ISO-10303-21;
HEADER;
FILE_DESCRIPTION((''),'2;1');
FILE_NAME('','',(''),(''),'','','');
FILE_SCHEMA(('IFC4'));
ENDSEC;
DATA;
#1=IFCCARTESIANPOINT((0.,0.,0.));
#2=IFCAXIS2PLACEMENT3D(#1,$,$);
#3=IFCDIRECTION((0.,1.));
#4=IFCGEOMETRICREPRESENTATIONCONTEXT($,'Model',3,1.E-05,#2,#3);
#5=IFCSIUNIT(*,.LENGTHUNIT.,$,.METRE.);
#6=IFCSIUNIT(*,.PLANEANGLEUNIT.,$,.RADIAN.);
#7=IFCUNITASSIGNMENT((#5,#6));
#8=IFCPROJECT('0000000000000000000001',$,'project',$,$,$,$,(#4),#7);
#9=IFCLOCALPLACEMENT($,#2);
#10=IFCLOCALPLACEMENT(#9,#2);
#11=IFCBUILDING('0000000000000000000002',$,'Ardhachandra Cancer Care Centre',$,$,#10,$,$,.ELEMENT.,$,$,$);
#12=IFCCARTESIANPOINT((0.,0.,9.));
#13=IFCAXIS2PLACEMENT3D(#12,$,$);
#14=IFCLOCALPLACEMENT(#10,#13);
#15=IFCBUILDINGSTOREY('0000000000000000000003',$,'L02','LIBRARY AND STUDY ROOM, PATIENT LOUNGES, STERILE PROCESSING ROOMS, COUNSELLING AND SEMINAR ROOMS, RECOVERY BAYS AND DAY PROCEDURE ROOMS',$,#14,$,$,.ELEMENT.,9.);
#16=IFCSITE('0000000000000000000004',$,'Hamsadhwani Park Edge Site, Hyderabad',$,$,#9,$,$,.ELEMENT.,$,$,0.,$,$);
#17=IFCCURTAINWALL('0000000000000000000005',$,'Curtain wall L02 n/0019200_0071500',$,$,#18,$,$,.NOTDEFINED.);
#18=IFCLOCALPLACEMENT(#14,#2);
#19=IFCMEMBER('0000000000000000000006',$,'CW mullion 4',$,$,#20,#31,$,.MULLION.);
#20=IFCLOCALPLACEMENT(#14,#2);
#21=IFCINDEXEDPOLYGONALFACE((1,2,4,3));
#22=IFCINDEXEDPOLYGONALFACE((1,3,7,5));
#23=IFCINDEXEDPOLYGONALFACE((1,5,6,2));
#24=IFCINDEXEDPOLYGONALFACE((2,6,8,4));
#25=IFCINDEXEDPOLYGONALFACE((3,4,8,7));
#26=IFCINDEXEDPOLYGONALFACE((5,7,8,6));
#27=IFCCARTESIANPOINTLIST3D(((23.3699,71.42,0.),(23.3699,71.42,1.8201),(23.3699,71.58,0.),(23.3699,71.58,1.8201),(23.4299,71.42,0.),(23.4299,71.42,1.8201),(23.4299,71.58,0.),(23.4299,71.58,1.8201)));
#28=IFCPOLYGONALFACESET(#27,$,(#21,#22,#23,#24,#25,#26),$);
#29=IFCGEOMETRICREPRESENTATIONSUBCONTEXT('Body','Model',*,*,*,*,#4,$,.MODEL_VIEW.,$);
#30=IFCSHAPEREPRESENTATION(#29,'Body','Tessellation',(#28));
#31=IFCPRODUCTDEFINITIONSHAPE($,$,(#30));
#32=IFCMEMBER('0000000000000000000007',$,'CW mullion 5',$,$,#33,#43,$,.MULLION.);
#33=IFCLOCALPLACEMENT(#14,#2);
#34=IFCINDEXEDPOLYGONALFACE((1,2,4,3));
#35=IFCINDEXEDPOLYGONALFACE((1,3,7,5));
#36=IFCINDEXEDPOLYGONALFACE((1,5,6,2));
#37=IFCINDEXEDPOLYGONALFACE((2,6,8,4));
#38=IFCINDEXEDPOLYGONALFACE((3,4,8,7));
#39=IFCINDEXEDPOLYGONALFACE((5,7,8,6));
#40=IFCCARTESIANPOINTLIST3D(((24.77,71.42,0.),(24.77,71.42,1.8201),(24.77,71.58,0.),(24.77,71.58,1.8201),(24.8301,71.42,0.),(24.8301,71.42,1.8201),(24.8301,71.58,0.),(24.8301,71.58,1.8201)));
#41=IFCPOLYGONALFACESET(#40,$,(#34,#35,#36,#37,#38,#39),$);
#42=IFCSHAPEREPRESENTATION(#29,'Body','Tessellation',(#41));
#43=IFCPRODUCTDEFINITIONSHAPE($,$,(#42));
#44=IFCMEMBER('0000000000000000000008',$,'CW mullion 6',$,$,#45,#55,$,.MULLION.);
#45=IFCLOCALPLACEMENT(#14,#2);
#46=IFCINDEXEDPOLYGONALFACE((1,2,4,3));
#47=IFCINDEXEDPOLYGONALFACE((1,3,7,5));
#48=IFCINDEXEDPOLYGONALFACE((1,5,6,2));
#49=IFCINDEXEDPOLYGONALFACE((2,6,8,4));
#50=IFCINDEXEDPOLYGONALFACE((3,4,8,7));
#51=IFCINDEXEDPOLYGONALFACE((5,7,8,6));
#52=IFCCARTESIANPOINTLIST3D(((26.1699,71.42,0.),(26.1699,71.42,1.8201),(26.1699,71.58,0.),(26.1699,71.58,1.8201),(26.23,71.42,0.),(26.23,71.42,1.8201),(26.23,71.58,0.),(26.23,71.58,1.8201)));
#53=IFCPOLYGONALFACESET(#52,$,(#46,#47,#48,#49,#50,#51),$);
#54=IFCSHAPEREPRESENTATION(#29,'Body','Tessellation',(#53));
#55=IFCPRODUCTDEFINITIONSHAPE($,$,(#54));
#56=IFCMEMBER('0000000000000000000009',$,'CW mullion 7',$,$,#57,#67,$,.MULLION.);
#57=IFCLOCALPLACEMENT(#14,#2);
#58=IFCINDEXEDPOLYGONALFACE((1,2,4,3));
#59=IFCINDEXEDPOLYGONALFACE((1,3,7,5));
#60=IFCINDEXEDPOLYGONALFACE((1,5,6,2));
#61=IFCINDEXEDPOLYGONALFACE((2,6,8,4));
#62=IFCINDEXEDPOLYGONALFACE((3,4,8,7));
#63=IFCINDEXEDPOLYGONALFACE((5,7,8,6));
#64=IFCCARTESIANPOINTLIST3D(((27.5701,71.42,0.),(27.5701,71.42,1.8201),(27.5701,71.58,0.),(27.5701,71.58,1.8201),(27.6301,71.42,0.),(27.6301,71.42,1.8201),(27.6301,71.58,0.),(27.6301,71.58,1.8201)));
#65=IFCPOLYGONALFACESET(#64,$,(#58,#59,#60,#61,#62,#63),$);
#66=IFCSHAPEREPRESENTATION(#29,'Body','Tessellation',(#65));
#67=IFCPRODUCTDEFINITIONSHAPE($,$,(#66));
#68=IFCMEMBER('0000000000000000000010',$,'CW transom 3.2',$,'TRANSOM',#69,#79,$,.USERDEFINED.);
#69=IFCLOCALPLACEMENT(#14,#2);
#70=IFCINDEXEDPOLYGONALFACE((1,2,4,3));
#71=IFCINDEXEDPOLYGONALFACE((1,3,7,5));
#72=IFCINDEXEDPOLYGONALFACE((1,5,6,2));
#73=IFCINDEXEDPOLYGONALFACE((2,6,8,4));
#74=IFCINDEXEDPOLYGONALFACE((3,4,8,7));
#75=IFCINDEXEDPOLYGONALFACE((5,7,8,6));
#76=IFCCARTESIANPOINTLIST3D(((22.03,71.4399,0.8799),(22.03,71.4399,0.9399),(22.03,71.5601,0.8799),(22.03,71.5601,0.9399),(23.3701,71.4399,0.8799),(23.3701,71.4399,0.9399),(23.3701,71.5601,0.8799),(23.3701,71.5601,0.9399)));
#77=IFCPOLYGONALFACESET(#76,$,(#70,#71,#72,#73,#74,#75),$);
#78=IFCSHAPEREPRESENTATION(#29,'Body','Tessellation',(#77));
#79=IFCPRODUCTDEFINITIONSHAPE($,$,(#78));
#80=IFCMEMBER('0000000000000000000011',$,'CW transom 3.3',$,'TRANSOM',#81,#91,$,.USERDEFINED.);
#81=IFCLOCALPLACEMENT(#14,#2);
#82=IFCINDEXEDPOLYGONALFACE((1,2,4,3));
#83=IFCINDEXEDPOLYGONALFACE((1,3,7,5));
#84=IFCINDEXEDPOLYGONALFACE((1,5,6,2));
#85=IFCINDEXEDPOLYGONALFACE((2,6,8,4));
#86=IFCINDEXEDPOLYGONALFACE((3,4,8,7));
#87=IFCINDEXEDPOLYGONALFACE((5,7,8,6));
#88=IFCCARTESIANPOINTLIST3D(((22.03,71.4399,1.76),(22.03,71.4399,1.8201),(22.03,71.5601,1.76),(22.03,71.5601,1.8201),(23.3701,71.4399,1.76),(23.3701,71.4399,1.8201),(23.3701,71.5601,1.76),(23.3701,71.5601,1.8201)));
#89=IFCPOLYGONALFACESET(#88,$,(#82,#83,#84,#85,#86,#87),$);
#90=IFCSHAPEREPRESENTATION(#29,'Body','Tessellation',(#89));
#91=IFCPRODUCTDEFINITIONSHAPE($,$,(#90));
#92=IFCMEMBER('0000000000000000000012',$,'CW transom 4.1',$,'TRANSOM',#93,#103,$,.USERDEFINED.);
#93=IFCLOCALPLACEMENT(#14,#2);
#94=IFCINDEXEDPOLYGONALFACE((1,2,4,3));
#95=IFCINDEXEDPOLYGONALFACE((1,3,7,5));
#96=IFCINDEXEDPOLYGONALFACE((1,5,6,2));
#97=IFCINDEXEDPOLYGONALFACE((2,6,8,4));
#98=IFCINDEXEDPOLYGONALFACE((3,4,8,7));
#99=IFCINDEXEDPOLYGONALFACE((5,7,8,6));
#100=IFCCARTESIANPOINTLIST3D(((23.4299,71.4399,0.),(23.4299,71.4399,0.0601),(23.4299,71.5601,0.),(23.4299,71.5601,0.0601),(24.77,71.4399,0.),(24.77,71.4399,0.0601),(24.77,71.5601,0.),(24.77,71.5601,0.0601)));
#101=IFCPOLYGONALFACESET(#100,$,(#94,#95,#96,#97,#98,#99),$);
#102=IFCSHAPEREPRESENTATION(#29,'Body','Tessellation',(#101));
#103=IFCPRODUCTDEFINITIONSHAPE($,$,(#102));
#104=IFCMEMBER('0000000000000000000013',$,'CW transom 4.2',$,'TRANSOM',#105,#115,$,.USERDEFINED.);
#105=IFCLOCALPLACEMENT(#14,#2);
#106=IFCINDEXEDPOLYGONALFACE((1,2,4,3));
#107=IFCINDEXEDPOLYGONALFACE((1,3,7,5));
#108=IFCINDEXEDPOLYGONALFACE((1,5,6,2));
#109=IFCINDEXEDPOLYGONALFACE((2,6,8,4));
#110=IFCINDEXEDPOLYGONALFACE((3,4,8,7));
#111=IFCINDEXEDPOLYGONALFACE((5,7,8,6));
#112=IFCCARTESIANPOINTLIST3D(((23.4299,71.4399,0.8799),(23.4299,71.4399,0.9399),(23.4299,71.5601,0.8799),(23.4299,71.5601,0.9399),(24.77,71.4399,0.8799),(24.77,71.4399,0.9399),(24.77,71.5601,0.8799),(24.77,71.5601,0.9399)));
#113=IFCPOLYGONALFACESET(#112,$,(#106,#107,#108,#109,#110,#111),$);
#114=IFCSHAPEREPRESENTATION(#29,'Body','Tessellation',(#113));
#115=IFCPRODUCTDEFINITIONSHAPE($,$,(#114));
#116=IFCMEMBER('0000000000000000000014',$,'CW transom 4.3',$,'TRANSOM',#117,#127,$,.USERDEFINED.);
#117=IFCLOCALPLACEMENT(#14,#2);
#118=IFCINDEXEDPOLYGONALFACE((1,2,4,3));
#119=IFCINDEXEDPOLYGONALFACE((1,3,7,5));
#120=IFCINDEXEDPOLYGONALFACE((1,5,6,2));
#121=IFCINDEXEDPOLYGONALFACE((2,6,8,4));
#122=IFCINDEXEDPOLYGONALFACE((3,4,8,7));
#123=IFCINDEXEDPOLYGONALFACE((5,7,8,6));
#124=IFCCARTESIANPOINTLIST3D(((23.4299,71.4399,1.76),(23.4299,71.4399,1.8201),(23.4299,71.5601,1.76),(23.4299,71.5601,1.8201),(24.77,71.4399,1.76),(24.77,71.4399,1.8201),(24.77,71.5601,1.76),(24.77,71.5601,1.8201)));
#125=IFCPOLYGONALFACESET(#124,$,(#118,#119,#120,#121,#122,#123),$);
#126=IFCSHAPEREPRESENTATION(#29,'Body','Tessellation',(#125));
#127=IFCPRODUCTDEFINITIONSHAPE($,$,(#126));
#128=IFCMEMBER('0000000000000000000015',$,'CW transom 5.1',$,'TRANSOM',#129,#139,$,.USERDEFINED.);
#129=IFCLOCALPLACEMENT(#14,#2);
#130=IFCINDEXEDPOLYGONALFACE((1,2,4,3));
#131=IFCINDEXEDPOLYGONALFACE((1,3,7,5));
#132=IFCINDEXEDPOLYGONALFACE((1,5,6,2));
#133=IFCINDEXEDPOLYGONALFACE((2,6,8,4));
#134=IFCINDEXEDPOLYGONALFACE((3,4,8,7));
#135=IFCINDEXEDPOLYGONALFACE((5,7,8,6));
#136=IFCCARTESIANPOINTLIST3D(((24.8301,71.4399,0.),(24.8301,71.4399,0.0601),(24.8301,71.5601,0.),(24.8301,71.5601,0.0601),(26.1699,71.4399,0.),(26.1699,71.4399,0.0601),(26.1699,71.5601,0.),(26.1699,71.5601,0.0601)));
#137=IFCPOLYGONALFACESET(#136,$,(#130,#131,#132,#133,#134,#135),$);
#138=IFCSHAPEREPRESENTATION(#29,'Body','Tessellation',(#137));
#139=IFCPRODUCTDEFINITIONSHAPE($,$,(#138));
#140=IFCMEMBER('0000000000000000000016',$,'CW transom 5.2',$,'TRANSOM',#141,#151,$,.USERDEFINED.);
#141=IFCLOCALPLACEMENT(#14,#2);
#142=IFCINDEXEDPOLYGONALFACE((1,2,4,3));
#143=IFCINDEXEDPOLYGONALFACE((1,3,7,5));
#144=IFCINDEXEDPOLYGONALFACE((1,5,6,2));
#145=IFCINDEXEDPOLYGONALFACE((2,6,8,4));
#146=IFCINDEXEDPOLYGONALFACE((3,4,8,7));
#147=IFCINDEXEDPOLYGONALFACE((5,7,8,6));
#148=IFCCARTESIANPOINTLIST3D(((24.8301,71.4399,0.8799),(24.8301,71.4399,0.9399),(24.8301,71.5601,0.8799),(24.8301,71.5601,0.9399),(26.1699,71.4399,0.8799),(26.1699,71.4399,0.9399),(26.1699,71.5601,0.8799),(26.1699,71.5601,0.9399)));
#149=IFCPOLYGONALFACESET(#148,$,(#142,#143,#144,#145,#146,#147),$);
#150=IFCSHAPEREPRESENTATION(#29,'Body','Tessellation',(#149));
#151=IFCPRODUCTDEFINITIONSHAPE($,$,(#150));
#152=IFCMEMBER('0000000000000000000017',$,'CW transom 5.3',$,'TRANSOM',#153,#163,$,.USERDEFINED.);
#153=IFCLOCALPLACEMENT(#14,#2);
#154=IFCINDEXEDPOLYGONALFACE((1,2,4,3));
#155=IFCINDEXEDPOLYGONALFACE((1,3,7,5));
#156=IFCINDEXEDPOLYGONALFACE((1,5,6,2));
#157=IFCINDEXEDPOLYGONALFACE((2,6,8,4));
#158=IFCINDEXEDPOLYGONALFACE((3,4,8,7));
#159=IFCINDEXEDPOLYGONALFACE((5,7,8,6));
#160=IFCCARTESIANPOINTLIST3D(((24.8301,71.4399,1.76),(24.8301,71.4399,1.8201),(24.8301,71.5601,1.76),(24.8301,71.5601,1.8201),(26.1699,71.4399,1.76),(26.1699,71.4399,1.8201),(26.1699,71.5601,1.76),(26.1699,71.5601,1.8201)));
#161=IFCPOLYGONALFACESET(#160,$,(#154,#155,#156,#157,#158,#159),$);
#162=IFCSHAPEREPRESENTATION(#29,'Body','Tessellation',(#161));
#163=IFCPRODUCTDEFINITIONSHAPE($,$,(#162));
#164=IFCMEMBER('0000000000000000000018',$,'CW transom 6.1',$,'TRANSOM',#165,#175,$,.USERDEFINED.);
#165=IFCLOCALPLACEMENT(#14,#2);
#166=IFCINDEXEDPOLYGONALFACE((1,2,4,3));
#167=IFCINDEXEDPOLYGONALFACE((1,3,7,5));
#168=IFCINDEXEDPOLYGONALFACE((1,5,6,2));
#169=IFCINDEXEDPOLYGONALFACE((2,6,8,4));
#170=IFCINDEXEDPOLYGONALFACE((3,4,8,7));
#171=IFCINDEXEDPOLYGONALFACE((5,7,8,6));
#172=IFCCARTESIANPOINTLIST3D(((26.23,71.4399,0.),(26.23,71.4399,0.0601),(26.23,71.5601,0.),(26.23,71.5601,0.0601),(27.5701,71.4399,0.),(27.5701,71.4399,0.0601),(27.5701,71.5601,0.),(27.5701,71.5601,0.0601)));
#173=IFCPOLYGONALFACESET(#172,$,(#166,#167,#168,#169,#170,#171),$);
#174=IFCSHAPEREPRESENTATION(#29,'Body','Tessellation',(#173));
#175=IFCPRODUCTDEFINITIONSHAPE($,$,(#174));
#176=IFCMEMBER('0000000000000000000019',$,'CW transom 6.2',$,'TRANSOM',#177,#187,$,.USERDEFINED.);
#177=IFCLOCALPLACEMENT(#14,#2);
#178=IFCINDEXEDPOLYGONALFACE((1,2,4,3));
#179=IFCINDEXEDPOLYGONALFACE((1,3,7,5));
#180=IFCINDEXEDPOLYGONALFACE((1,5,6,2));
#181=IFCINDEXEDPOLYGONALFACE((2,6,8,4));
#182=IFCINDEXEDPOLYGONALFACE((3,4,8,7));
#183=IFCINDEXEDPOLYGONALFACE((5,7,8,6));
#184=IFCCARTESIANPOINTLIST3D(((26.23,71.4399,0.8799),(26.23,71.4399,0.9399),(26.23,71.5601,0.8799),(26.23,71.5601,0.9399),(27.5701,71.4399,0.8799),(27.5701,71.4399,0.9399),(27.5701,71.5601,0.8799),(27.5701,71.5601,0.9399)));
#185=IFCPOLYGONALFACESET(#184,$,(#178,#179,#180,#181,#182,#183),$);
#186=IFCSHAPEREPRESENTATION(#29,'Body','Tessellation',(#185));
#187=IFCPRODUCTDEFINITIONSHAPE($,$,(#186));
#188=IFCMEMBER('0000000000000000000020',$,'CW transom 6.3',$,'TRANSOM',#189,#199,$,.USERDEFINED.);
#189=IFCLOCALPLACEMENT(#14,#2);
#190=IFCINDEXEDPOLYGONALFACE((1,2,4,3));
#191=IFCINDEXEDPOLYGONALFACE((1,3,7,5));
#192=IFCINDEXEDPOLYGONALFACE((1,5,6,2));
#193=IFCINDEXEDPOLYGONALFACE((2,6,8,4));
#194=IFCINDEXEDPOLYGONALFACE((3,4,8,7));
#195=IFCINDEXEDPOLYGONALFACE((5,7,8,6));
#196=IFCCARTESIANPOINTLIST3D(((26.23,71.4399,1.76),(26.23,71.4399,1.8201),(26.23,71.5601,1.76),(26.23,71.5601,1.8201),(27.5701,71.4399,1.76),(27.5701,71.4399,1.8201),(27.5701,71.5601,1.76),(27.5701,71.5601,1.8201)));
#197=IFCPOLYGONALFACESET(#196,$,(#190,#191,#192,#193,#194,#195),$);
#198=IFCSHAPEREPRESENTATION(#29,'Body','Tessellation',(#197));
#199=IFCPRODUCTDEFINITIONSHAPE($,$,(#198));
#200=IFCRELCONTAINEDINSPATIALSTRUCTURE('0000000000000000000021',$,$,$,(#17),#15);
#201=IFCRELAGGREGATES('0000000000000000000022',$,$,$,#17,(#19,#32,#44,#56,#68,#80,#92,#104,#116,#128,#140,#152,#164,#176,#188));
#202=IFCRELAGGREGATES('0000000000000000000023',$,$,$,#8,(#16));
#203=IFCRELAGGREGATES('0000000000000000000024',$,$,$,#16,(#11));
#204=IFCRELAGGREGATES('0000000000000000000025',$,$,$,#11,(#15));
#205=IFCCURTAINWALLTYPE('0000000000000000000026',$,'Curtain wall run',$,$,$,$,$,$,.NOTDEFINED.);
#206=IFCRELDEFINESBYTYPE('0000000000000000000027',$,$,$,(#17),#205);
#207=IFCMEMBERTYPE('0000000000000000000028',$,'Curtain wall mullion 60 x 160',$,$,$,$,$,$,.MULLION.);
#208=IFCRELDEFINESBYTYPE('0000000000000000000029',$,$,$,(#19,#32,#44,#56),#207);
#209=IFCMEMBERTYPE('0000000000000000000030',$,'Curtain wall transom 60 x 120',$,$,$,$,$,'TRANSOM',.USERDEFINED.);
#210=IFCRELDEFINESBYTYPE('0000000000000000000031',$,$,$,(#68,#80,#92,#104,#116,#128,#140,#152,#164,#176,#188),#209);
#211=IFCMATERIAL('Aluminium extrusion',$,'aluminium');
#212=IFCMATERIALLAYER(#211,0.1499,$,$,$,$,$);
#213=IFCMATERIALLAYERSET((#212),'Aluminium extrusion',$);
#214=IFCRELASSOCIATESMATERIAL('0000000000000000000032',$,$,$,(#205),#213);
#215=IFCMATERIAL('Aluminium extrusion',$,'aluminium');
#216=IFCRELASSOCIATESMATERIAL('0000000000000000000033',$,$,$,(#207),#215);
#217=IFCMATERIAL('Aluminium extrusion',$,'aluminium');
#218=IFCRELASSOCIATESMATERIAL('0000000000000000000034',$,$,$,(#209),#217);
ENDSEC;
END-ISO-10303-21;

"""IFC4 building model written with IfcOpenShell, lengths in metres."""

from ifc_helpers import new_model, si_unit, direction, frame, origin, origin_2d, place, context, subcontext, project, spatial, rectangle, extrude, material, layer, layer_set, material_profile, profile_set, type_object, element, aggregate, save


model = new_model("IFC4")

# Units and contexts
model_context = context("Model", 3, precision=1e-05, world=origin(), true_north=direction((0.0, 1.0)))
body_context = subcontext(model_context, "Body", "Model", "MODEL_VIEW")
ifc_project = project(units=[si_unit("LENGTHUNIT", "METRE"), si_unit("PLANEANGLEUNIT", "RADIAN")], contexts=[model_context])

# Site, building, storey
site_placement = place(None, origin())
site = spatial("IfcSite", under=ifc_project, at=site_placement, Name="Hamsadhwani Park Edge Site, Hyderabad", CompositionType="ELEMENT", RefElevation=0.0)
building_placement = place(site_placement, origin())
building = spatial("IfcBuilding", under=site, at=building_placement, Name="Ardhachandra Cancer Care Centre", CompositionType="ELEMENT")
storey_placement = place(building_placement, frame((0.0, 0.0, 9.0)))
storey = spatial("IfcBuildingStorey", under=building, at=storey_placement, Name="L02", Description="LIBRARY AND STUDY ROOM, PATIENT LOUNGES, STERILE PROCESSING ROOMS, COUNSELLING AND SEMINAR ROOMS, RECOVERY BAYS AND DAY PROCEDURE ROOMS", CompositionType="ELEMENT", Elevation=9.0)

# Curtain wall, members
ifc_material_1 = material(Name="Aluminium extrusion", Category="aluminium")
ifc_layer_1 = layer(ifc_material_1, 0.1499)
ifc_layer_set_1 = layer_set([ifc_layer_1], Name="Aluminium extrusion")
curtain_wall_type = type_object("IfcCurtainWallType", Name="Curtain wall run", PredefinedType="NOTDEFINED", material=ifc_layer_set_1)
curtain_wall_placement = place(storey_placement, origin())
curtain_wall = element("IfcCurtainWall", 1, at=curtain_wall_placement, inside=storey, type_object=curtain_wall_type, Name="Curtain wall L02 n/0019200_0071500", PredefinedType="NOTDEFINED")
ifc_material_2 = material(Name="Aluminium extrusion", Category="aluminium")
ifc_material_profile_1 = material_profile(ifc_material_2, rectangle(XDim=0.1599, YDim=0.0601, at=origin_2d()), Name="Curtain wall mullion 60 x 160")
ifc_profile_set_1 = profile_set([ifc_material_profile_1], Name="Aluminium extrusion")
member_type_1 = type_object("IfcMemberType", Name="Curtain wall mullion 60 x 160", PredefinedType="MULLION", material=ifc_profile_set_1)
member_1_placement = place(storey_placement, frame((23.3999, 71.5, 0.0), z_axis=(0.0, 0.0, 1.0), x_axis=(0.0, 1.0, 0.0)))
member_1 = element("IfcMember", 2, at=member_1_placement, type_object=member_type_1, Name="CW mullion 4", PredefinedType="MULLION", context=body_context, shape_type="SweptSolid", body=[
    extrude(rectangle(XDim=0.1599, YDim=0.0601, at=origin_2d()), origin(), (0.0, 0.0, 1.0), 1.8201),
])
member_2_placement = place(storey_placement, frame((24.8, 71.5, 0.0), z_axis=(0.0, 0.0, 1.0), x_axis=(0.0, 1.0, 0.0)))
member_2 = element("IfcMember", 3, at=member_2_placement, type_object=member_type_1, Name="CW mullion 5", PredefinedType="MULLION", context=body_context, shape_type="SweptSolid", body=[
    extrude(rectangle(XDim=0.1599, YDim=0.0601, at=origin_2d()), origin(), (0.0, 0.0, 1.0), 1.8201),
])
member_3_placement = place(storey_placement, frame((26.2, 71.5, 0.0), z_axis=(0.0, 0.0, 1.0), x_axis=(0.0, 1.0, 0.0)))
member_3 = element("IfcMember", 4, at=member_3_placement, type_object=member_type_1, Name="CW mullion 6", PredefinedType="MULLION", context=body_context, shape_type="SweptSolid", body=[
    extrude(rectangle(XDim=0.1599, YDim=0.0601, at=origin_2d()), origin(), (0.0, 0.0, 1.0), 1.8201),
])
member_4_placement = place(storey_placement, frame((27.6001, 71.5, 0.0), z_axis=(0.0, 0.0, 1.0), x_axis=(0.0, 1.0, 0.0)))
member_4 = element("IfcMember", 5, at=member_4_placement, type_object=member_type_1, Name="CW mullion 7", PredefinedType="MULLION", context=body_context, shape_type="SweptSolid", body=[
    extrude(rectangle(XDim=0.1599, YDim=0.0601, at=origin_2d()), origin(), (0.0, 0.0, 1.0), 1.8201),
])
ifc_material_3 = material(Name="Aluminium extrusion", Category="aluminium")
ifc_material_profile_2 = material_profile(ifc_material_3, rectangle(XDim=0.1201, YDim=0.0601, at=origin_2d()), Name="Curtain wall transom 60 x 120")
ifc_profile_set_2 = profile_set([ifc_material_profile_2], Name="Aluminium extrusion")
member_type_2 = type_object("IfcMemberType", Name="Curtain wall transom 60 x 120", ElementType="TRANSOM", PredefinedType="USERDEFINED", material=ifc_profile_set_2)
member_5_placement = place(storey_placement, frame((22.03, 71.5, 0.9099), z_axis=(1.0, 0.0, 0.0), x_axis=(0.0, 1.0, 0.0)))
member_5 = element("IfcMember", 6, at=member_5_placement, type_object=member_type_2, Name="CW transom 3.2", ObjectType="TRANSOM", PredefinedType="USERDEFINED", context=body_context, shape_type="SweptSolid", body=[
    extrude(rectangle(XDim=0.1201, YDim=0.0601, at=origin_2d()), origin(), (0.0, 0.0, 1.0), 1.3401),
])
member_6_placement = place(storey_placement, frame((22.03, 71.5, 1.79), z_axis=(1.0, 0.0, 0.0), x_axis=(0.0, 1.0, 0.0)))
member_6 = element("IfcMember", 7, at=member_6_placement, type_object=member_type_2, Name="CW transom 3.3", ObjectType="TRANSOM", PredefinedType="USERDEFINED", context=body_context, shape_type="SweptSolid", body=[
    extrude(rectangle(XDim=0.1201, YDim=0.0601, at=origin_2d()), origin(), (0.0, 0.0, 1.0), 1.3401),
])
member_7_placement = place(storey_placement, frame((23.4299, 71.5, 0.03), z_axis=(1.0, 0.0, 0.0), x_axis=(0.0, 1.0, 0.0)))
member_7 = element("IfcMember", 8, at=member_7_placement, type_object=member_type_2, Name="CW transom 4.1", ObjectType="TRANSOM", PredefinedType="USERDEFINED", context=body_context, shape_type="SweptSolid", body=[
    extrude(rectangle(XDim=0.1201, YDim=0.0601, at=origin_2d()), origin(), (0.0, 0.0, 1.0), 1.3401),
])
member_8_placement = place(storey_placement, frame((23.4299, 71.5, 0.9099), z_axis=(1.0, 0.0, 0.0), x_axis=(0.0, 1.0, 0.0)))
member_8 = element("IfcMember", 9, at=member_8_placement, type_object=member_type_2, Name="CW transom 4.2", ObjectType="TRANSOM", PredefinedType="USERDEFINED", context=body_context, shape_type="SweptSolid", body=[
    extrude(rectangle(XDim=0.1201, YDim=0.0601, at=origin_2d()), origin(), (0.0, 0.0, 1.0), 1.3401),
])
member_9_placement = place(storey_placement, frame((23.4299, 71.5, 1.79), z_axis=(1.0, 0.0, 0.0), x_axis=(0.0, 1.0, 0.0)))
member_9 = element("IfcMember", 10, at=member_9_placement, type_object=member_type_2, Name="CW transom 4.3", ObjectType="TRANSOM", PredefinedType="USERDEFINED", context=body_context, shape_type="SweptSolid", body=[
    extrude(rectangle(XDim=0.1201, YDim=0.0601, at=origin_2d()), origin(), (0.0, 0.0, 1.0), 1.3401),
])
member_10_placement = place(storey_placement, frame((24.8301, 71.5, 0.03), z_axis=(1.0, 0.0, 0.0), x_axis=(0.0, 1.0, 0.0)))
member_10 = element("IfcMember", 11, at=member_10_placement, type_object=member_type_2, Name="CW transom 5.1", ObjectType="TRANSOM", PredefinedType="USERDEFINED", context=body_context, shape_type="SweptSolid", body=[
    extrude(rectangle(XDim=0.1201, YDim=0.0601, at=origin_2d()), origin(), (0.0, 0.0, 1.0), 1.3398),
])
member_11_placement = place(storey_placement, frame((24.8301, 71.5, 0.9099), z_axis=(1.0, 0.0, 0.0), x_axis=(0.0, 1.0, 0.0)))
member_11 = element("IfcMember", 12, at=member_11_placement, type_object=member_type_2, Name="CW transom 5.2", ObjectType="TRANSOM", PredefinedType="USERDEFINED", context=body_context, shape_type="SweptSolid", body=[
    extrude(rectangle(XDim=0.1201, YDim=0.0601, at=origin_2d()), origin(), (0.0, 0.0, 1.0), 1.3398),
])
member_12_placement = place(storey_placement, frame((24.8301, 71.5, 1.79), z_axis=(1.0, 0.0, 0.0), x_axis=(0.0, 1.0, 0.0)))
member_12 = element("IfcMember", 13, at=member_12_placement, type_object=member_type_2, Name="CW transom 5.3", ObjectType="TRANSOM", PredefinedType="USERDEFINED", context=body_context, shape_type="SweptSolid", body=[
    extrude(rectangle(XDim=0.1201, YDim=0.0601, at=origin_2d()), origin(), (0.0, 0.0, 1.0), 1.3398),
])
member_13_placement = place(storey_placement, frame((26.23, 71.5, 0.03), z_axis=(1.0, 0.0, 0.0), x_axis=(0.0, 1.0, 0.0)))
member_13 = element("IfcMember", 14, at=member_13_placement, type_object=member_type_2, Name="CW transom 6.1", ObjectType="TRANSOM", PredefinedType="USERDEFINED", context=body_context, shape_type="SweptSolid", body=[
    extrude(rectangle(XDim=0.1201, YDim=0.0601, at=origin_2d()), origin(), (0.0, 0.0, 1.0), 1.3401),
])
member_14_placement = place(storey_placement, frame((26.23, 71.5, 0.9099), z_axis=(1.0, 0.0, 0.0), x_axis=(0.0, 1.0, 0.0)))
member_14 = element("IfcMember", 15, at=member_14_placement, type_object=member_type_2, Name="CW transom 6.2", ObjectType="TRANSOM", PredefinedType="USERDEFINED", context=body_context, shape_type="SweptSolid", body=[
    extrude(rectangle(XDim=0.1201, YDim=0.0601, at=origin_2d()), origin(), (0.0, 0.0, 1.0), 1.3401),
])
member_15_placement = place(storey_placement, frame((26.23, 71.5, 1.79), z_axis=(1.0, 0.0, 0.0), x_axis=(0.0, 1.0, 0.0)))
member_15 = element("IfcMember", 16, at=member_15_placement, type_object=member_type_2, Name="CW transom 6.3", ObjectType="TRANSOM", PredefinedType="USERDEFINED", context=body_context, shape_type="SweptSolid", body=[
    extrude(rectangle(XDim=0.1201, YDim=0.0601, at=origin_2d()), origin(), (0.0, 0.0, 1.0), 1.3401),
])
aggregate(curtain_wall, [member_1, member_2, member_3, member_4, member_5, member_6, member_7, member_8, member_9, member_10, member_11, member_12, member_13, member_14, member_15])

save(model, "model.ifc")
